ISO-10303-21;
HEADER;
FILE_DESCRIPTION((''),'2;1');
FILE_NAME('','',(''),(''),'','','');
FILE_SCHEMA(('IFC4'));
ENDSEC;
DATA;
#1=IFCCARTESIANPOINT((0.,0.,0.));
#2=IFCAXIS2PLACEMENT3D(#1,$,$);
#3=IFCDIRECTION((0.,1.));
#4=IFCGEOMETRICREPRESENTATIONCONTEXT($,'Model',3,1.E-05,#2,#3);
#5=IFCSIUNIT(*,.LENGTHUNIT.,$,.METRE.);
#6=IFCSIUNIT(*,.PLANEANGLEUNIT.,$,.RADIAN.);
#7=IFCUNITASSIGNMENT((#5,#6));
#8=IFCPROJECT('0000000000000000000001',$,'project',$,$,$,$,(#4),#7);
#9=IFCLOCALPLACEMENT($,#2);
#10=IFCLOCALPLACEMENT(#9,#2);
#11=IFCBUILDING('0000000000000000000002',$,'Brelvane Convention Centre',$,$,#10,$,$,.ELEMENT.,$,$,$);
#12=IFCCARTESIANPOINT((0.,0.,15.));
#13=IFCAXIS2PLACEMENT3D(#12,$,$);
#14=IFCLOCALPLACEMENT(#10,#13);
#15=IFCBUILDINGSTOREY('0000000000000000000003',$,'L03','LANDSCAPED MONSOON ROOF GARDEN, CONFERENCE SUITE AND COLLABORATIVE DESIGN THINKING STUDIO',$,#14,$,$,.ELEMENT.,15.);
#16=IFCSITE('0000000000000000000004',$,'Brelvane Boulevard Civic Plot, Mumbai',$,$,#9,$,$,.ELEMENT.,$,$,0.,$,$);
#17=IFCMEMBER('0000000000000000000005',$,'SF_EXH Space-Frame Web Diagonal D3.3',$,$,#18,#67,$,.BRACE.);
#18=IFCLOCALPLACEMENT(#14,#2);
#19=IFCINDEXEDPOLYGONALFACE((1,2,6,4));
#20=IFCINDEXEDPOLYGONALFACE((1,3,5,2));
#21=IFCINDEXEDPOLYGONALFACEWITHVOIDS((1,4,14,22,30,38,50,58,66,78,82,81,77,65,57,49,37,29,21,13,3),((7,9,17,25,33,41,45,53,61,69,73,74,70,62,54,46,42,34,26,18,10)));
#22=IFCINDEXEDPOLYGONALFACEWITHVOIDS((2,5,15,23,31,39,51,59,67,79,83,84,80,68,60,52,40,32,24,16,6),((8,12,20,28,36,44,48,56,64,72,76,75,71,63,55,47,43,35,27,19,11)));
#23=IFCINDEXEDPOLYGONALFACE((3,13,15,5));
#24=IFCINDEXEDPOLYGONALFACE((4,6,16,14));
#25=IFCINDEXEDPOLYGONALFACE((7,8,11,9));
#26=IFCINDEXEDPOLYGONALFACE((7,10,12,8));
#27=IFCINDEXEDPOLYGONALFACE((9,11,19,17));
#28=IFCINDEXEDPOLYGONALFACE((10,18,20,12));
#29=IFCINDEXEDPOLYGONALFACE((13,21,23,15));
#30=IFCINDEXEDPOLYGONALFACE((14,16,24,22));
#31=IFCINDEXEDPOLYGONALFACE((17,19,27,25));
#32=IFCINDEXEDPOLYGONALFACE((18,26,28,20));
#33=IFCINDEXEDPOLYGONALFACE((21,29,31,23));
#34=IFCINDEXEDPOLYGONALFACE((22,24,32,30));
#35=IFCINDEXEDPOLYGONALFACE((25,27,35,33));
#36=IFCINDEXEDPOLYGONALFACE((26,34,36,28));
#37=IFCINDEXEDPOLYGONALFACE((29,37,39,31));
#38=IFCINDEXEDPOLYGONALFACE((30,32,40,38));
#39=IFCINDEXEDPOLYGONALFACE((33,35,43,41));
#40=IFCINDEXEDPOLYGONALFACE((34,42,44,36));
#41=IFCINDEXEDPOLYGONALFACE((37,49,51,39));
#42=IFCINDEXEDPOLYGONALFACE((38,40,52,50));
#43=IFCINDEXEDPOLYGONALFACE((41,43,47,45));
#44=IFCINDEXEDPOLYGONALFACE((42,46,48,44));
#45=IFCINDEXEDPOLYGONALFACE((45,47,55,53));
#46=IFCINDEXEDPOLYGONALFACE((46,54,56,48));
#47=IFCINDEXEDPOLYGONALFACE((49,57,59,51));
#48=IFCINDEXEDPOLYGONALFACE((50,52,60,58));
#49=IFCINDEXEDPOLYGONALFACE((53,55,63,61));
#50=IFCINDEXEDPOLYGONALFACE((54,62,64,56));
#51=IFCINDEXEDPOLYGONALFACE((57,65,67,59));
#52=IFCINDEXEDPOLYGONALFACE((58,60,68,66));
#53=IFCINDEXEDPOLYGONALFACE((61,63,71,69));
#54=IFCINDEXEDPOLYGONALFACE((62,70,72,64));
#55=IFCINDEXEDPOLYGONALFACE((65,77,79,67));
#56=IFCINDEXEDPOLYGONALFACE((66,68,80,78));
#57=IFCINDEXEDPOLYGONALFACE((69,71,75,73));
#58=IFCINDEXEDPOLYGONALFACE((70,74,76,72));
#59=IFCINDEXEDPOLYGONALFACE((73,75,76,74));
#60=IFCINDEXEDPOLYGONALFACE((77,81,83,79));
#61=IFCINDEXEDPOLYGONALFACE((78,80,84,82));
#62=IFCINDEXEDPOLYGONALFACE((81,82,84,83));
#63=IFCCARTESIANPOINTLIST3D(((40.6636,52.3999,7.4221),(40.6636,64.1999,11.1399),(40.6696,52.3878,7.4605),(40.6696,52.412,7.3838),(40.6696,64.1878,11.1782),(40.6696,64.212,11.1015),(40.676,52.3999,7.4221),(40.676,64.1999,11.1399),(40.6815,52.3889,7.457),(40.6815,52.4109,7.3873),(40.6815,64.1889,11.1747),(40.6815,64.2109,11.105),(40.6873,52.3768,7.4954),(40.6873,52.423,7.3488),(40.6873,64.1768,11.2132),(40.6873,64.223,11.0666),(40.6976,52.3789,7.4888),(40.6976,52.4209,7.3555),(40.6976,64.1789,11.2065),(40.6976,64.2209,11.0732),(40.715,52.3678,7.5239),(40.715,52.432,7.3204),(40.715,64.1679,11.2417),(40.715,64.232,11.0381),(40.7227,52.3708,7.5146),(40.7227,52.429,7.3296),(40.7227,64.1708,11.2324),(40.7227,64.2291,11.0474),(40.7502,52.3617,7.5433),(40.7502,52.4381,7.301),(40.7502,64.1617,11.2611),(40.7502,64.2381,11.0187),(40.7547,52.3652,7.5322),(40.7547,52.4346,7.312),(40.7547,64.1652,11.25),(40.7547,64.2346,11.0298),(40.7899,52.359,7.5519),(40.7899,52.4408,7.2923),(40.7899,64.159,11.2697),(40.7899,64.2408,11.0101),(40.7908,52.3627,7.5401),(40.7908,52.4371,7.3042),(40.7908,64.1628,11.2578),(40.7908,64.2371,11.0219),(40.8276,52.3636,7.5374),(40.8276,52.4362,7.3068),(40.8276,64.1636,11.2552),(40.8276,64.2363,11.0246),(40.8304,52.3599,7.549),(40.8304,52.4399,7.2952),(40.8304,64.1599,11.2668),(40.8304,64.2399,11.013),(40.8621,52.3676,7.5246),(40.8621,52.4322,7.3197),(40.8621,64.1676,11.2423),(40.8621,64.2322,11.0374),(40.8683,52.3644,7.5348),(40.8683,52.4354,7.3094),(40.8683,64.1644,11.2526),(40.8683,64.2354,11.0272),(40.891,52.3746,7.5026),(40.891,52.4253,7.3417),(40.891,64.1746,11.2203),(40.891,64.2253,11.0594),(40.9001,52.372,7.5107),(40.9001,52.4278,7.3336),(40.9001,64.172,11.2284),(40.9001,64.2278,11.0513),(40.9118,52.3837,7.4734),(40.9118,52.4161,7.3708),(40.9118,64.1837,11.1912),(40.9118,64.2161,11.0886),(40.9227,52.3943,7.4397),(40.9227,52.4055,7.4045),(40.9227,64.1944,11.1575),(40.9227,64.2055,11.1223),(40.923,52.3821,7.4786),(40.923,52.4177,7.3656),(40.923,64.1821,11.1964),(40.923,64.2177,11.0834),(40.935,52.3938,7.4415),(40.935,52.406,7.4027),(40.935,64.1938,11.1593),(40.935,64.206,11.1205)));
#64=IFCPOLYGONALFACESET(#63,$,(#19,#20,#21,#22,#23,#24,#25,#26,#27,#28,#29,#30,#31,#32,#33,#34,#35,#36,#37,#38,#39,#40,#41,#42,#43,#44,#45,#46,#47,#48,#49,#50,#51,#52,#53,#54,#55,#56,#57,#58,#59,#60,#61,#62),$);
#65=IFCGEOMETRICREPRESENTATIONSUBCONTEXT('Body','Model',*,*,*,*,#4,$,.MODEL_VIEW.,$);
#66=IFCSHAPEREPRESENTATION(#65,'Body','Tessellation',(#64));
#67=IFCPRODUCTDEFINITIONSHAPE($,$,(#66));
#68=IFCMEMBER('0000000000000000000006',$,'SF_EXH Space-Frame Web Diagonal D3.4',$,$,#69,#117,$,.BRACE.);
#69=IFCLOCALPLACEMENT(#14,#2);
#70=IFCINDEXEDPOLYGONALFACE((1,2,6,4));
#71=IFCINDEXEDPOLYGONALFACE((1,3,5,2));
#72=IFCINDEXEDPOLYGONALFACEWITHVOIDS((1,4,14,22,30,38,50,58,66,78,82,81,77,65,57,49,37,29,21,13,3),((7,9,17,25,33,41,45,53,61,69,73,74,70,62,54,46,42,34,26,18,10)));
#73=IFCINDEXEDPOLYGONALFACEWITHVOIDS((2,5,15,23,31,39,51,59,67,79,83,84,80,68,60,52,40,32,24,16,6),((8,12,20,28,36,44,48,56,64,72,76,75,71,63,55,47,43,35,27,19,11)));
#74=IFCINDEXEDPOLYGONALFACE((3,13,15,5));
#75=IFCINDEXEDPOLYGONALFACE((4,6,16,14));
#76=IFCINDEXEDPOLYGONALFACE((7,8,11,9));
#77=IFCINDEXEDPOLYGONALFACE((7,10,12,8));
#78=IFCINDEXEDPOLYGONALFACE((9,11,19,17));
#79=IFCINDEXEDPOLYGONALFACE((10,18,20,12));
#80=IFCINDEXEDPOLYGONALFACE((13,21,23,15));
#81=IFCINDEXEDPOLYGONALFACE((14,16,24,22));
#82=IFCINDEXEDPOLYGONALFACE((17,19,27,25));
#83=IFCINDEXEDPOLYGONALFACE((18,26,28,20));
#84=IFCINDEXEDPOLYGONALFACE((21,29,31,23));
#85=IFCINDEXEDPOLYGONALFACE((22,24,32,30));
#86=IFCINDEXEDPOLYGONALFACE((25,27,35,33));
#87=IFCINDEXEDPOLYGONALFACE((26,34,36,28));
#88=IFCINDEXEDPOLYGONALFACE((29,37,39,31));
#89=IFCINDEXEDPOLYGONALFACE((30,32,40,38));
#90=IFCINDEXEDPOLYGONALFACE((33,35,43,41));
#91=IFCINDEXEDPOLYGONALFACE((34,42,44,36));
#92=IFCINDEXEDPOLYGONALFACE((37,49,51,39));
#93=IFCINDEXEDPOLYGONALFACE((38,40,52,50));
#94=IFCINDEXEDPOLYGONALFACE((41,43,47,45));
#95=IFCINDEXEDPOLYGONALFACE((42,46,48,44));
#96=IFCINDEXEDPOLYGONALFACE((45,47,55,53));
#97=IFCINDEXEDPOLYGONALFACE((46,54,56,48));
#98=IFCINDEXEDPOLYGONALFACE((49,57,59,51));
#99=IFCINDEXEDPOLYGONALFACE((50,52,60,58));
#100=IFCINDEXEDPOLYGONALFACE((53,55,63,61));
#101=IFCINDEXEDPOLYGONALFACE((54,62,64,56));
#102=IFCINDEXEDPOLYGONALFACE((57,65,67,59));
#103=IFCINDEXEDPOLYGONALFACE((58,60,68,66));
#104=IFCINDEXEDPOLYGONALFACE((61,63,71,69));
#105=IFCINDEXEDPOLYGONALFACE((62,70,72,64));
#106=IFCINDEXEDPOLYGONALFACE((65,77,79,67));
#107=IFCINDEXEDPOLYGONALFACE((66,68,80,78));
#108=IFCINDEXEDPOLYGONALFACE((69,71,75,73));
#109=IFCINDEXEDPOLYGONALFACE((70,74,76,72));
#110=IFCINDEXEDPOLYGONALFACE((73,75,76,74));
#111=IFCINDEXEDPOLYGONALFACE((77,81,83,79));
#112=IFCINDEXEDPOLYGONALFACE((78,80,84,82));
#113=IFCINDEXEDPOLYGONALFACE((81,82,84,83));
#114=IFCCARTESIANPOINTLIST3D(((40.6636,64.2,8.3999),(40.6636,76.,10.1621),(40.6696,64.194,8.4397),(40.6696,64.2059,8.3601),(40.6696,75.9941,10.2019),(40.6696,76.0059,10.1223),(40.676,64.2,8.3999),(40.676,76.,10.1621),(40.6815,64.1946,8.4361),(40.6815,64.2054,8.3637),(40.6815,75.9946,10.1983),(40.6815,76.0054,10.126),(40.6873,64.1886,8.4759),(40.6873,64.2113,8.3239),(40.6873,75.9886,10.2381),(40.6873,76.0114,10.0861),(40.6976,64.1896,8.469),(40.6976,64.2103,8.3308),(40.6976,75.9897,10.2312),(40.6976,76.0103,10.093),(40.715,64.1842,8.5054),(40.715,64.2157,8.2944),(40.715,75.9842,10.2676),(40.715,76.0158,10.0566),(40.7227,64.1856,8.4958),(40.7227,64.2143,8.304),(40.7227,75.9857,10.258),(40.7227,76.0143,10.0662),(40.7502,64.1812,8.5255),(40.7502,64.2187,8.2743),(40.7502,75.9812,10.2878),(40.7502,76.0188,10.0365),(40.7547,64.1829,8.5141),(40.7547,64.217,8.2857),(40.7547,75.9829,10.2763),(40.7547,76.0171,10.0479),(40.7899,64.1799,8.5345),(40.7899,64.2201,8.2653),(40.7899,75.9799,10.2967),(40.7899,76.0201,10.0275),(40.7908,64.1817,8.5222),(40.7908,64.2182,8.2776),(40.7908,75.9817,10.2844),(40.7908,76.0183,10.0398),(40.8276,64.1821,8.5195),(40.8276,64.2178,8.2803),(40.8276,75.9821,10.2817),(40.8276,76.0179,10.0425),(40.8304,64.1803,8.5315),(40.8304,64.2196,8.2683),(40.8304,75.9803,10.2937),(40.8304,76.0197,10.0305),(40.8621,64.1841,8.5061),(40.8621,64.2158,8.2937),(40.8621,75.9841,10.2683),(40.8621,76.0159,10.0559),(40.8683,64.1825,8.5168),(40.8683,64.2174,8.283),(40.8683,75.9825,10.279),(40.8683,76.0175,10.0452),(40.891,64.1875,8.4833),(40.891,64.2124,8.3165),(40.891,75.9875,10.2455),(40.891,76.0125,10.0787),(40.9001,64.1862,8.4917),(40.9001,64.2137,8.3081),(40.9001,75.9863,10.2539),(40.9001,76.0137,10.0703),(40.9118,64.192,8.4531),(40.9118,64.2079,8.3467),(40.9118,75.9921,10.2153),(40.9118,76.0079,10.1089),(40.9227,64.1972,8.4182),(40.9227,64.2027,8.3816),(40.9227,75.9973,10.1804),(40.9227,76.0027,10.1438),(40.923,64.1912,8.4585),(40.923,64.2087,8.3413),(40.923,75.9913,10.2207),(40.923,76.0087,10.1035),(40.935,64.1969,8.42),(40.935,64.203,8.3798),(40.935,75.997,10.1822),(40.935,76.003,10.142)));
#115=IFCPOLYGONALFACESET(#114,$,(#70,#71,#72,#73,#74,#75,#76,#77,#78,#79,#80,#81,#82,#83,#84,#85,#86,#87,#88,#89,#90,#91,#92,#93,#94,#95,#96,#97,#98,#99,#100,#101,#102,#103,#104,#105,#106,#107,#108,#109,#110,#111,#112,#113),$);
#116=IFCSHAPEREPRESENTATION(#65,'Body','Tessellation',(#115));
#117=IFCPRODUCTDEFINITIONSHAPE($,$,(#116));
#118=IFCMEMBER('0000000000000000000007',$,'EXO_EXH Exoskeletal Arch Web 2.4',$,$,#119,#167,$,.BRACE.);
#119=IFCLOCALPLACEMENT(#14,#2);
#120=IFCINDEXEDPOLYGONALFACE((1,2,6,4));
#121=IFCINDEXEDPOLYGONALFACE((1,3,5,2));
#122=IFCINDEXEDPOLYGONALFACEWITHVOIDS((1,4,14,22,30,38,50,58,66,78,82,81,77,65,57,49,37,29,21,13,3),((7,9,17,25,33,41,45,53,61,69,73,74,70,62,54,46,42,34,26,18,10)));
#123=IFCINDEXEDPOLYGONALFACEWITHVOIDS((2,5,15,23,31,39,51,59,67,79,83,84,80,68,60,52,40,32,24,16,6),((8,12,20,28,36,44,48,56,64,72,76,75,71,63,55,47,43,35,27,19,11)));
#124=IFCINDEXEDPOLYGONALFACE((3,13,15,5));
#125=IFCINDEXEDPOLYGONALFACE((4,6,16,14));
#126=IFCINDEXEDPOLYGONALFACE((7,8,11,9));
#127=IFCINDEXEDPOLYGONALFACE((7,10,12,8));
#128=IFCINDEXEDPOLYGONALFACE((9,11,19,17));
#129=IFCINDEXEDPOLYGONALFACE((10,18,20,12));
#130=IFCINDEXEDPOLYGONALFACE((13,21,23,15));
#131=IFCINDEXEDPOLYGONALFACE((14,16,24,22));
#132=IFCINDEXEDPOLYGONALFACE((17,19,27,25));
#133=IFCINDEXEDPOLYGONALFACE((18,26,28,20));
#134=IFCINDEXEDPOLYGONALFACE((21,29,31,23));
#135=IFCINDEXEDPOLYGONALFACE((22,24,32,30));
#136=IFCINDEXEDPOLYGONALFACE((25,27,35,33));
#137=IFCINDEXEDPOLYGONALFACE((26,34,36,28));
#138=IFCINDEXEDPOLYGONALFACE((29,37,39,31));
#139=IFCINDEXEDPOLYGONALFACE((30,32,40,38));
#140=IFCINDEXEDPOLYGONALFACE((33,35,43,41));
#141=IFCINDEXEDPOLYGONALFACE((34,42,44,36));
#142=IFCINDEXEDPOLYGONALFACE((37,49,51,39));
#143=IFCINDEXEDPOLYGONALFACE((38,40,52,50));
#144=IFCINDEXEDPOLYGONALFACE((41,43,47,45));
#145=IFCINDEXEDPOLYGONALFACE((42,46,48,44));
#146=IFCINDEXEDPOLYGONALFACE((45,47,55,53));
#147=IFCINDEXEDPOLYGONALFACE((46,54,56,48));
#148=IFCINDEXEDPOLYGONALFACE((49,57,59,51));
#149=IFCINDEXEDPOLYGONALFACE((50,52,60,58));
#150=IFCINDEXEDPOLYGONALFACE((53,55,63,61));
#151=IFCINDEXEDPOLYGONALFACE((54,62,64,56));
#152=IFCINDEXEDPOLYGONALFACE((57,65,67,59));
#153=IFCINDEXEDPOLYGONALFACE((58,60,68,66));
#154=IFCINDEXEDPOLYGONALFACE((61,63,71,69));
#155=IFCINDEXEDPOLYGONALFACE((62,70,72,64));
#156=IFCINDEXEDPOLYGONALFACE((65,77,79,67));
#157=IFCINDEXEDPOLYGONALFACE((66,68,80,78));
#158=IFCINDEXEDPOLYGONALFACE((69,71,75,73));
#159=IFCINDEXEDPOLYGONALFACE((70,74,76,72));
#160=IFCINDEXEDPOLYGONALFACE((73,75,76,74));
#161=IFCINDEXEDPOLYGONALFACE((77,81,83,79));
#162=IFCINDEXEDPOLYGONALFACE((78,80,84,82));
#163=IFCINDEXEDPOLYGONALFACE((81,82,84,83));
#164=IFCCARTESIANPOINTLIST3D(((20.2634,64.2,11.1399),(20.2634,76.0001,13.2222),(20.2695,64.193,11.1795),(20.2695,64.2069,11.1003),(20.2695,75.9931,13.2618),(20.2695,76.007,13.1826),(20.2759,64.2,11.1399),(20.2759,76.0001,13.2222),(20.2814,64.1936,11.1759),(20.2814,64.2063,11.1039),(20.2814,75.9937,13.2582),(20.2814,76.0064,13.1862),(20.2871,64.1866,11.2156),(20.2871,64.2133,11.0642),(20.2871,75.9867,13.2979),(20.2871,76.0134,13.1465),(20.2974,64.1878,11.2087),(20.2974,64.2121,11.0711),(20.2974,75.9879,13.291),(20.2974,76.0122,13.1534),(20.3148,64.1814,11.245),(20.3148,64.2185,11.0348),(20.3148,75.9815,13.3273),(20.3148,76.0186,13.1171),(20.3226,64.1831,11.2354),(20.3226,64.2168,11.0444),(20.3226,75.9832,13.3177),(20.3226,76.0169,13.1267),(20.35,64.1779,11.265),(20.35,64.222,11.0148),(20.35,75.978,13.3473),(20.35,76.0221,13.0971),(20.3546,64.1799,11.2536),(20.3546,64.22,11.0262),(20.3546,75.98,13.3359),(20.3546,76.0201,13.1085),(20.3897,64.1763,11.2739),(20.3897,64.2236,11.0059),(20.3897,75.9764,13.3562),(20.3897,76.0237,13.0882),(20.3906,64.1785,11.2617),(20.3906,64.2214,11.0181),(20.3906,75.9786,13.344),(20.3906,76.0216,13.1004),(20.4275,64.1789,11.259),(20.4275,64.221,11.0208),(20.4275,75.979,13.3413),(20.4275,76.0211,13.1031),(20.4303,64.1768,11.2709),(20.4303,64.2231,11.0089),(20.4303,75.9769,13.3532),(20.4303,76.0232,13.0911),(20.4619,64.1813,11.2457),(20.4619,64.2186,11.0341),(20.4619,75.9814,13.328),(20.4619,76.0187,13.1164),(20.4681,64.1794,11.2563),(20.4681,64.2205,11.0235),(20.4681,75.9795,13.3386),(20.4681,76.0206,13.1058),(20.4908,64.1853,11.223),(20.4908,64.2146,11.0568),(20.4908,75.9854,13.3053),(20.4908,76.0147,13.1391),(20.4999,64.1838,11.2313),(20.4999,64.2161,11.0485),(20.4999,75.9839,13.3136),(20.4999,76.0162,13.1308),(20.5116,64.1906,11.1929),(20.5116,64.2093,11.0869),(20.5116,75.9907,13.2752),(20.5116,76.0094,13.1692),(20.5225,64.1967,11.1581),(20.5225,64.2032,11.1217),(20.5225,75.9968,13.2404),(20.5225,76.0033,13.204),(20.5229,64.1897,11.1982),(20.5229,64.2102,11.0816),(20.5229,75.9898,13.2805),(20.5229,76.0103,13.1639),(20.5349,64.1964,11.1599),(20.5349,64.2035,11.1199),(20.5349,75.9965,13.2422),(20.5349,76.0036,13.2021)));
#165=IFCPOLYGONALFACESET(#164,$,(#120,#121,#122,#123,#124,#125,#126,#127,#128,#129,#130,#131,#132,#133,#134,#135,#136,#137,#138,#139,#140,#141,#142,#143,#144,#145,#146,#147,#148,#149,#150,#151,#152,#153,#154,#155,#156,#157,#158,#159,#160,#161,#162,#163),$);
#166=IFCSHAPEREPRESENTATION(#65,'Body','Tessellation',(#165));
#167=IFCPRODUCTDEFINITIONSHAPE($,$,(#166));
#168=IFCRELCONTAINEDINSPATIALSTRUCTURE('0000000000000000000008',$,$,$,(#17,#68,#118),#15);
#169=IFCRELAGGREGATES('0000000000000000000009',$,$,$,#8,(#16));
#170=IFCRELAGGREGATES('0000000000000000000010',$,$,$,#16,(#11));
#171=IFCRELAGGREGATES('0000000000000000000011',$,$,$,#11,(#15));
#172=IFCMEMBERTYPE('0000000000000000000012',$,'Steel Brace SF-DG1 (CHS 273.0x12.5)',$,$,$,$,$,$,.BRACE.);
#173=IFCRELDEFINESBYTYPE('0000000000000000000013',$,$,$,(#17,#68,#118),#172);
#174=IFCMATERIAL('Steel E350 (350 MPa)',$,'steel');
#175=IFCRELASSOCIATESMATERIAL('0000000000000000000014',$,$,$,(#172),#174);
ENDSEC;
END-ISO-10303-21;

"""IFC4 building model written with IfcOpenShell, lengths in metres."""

from ifc_helpers import new_model, si_unit, direction, frame, origin, origin_2d, place, context, subcontext, project, spatial, hollow_circle, extrude, material, material_profile, profile_set, type_object, element, save


model = new_model("IFC4")

# Units and contexts
model_context = context("Model", 3, precision=1e-05, world=origin(), true_north=direction((0.0, 1.0)))
body_context = subcontext(model_context, "Body", "Model", "MODEL_VIEW")
ifc_project = project(units=[si_unit("LENGTHUNIT", "METRE"), si_unit("PLANEANGLEUNIT", "RADIAN")], contexts=[model_context])

# Site, building, storey
site_placement = place(None, origin())
site = spatial("IfcSite", under=ifc_project, at=site_placement, Name="Brelvane Boulevard Civic Plot, Mumbai", CompositionType="ELEMENT", RefElevation=0.0)
building_placement = place(site_placement, origin())
building = spatial("IfcBuilding", under=site, at=building_placement, Name="Brelvane Convention Centre", CompositionType="ELEMENT")
storey_placement = place(building_placement, frame((0.0, 0.0, 15.0)))
storey = spatial("IfcBuildingStorey", under=building, at=storey_placement, Name="L03", Description="LANDSCAPED MONSOON ROOF GARDEN, CONFERENCE SUITE AND COLLABORATIVE DESIGN THINKING STUDIO", CompositionType="ELEMENT", Elevation=15.0)

# Members
ifc_material_1 = material(Name="Steel E350 (350 MPa)", Category="steel")
ifc_material_profile_1 = material_profile(ifc_material_1, hollow_circle(Radius=0.1365, WallThickness=0.0125, at=origin_2d()), Name="CHS 273.0x12.5")
ifc_profile_set_1 = profile_set([ifc_material_profile_1], Name="Steel E350 (350 MPa)")
member_type_1 = type_object("IfcMemberType", Name="Steel Brace SF-DG1 (CHS 273.0x12.5)", PredefinedType="BRACE", material=ifc_profile_set_1)
member_1_placement = place(storey_placement, frame((40.8, 52.3999, 7.4221), z_axis=(0.0, 0.953781, 0.300502), x_axis=(-1.0, 0.0, 0.0)))
element("IfcMember", 1, at=member_1_placement, inside=storey, type_object=member_type_1, Name="SF_EXH Space-Frame Web Diagonal D3.3", PredefinedType="BRACE", context=body_context, shape_type="SweptSolid", body=[
    extrude(hollow_circle(Radius=0.1365, WallThickness=0.0125, at=origin_2d()), origin(), (0.0, 0.0, 1.0), 12.3718),
])
member_2_placement = place(storey_placement, frame((40.8, 64.2, 8.3999), z_axis=(0.0, 0.989032, 0.147701), x_axis=(-1.0, 0.0, 0.0)))
element("IfcMember", 2, at=member_2_placement, inside=storey, type_object=member_type_1, Name="SF_EXH Space-Frame Web Diagonal D3.4", PredefinedType="BRACE", context=body_context, shape_type="SweptSolid", body=[
    extrude(hollow_circle(Radius=0.1365, WallThickness=0.0125, at=origin_2d()), origin(), (0.0, 0.0, 1.0), 11.9309),
])
member_3_placement = place(storey_placement, frame((20.3999, 64.2, 11.1399), z_axis=(0.0, 0.984785, 0.173778), x_axis=(-1.0, 0.0, 0.0)))
element("IfcMember", 3, at=member_3_placement, inside=storey, type_object=member_type_1, Name="EXO_EXH Exoskeletal Arch Web 2.4", PredefinedType="BRACE", context=body_context, shape_type="SweptSolid", body=[
    extrude(hollow_circle(Radius=0.1365, WallThickness=0.0125, at=origin_2d()), origin(), (0.0, 0.0, 1.0), 11.9824),
])

save(model, "model.ifc")
